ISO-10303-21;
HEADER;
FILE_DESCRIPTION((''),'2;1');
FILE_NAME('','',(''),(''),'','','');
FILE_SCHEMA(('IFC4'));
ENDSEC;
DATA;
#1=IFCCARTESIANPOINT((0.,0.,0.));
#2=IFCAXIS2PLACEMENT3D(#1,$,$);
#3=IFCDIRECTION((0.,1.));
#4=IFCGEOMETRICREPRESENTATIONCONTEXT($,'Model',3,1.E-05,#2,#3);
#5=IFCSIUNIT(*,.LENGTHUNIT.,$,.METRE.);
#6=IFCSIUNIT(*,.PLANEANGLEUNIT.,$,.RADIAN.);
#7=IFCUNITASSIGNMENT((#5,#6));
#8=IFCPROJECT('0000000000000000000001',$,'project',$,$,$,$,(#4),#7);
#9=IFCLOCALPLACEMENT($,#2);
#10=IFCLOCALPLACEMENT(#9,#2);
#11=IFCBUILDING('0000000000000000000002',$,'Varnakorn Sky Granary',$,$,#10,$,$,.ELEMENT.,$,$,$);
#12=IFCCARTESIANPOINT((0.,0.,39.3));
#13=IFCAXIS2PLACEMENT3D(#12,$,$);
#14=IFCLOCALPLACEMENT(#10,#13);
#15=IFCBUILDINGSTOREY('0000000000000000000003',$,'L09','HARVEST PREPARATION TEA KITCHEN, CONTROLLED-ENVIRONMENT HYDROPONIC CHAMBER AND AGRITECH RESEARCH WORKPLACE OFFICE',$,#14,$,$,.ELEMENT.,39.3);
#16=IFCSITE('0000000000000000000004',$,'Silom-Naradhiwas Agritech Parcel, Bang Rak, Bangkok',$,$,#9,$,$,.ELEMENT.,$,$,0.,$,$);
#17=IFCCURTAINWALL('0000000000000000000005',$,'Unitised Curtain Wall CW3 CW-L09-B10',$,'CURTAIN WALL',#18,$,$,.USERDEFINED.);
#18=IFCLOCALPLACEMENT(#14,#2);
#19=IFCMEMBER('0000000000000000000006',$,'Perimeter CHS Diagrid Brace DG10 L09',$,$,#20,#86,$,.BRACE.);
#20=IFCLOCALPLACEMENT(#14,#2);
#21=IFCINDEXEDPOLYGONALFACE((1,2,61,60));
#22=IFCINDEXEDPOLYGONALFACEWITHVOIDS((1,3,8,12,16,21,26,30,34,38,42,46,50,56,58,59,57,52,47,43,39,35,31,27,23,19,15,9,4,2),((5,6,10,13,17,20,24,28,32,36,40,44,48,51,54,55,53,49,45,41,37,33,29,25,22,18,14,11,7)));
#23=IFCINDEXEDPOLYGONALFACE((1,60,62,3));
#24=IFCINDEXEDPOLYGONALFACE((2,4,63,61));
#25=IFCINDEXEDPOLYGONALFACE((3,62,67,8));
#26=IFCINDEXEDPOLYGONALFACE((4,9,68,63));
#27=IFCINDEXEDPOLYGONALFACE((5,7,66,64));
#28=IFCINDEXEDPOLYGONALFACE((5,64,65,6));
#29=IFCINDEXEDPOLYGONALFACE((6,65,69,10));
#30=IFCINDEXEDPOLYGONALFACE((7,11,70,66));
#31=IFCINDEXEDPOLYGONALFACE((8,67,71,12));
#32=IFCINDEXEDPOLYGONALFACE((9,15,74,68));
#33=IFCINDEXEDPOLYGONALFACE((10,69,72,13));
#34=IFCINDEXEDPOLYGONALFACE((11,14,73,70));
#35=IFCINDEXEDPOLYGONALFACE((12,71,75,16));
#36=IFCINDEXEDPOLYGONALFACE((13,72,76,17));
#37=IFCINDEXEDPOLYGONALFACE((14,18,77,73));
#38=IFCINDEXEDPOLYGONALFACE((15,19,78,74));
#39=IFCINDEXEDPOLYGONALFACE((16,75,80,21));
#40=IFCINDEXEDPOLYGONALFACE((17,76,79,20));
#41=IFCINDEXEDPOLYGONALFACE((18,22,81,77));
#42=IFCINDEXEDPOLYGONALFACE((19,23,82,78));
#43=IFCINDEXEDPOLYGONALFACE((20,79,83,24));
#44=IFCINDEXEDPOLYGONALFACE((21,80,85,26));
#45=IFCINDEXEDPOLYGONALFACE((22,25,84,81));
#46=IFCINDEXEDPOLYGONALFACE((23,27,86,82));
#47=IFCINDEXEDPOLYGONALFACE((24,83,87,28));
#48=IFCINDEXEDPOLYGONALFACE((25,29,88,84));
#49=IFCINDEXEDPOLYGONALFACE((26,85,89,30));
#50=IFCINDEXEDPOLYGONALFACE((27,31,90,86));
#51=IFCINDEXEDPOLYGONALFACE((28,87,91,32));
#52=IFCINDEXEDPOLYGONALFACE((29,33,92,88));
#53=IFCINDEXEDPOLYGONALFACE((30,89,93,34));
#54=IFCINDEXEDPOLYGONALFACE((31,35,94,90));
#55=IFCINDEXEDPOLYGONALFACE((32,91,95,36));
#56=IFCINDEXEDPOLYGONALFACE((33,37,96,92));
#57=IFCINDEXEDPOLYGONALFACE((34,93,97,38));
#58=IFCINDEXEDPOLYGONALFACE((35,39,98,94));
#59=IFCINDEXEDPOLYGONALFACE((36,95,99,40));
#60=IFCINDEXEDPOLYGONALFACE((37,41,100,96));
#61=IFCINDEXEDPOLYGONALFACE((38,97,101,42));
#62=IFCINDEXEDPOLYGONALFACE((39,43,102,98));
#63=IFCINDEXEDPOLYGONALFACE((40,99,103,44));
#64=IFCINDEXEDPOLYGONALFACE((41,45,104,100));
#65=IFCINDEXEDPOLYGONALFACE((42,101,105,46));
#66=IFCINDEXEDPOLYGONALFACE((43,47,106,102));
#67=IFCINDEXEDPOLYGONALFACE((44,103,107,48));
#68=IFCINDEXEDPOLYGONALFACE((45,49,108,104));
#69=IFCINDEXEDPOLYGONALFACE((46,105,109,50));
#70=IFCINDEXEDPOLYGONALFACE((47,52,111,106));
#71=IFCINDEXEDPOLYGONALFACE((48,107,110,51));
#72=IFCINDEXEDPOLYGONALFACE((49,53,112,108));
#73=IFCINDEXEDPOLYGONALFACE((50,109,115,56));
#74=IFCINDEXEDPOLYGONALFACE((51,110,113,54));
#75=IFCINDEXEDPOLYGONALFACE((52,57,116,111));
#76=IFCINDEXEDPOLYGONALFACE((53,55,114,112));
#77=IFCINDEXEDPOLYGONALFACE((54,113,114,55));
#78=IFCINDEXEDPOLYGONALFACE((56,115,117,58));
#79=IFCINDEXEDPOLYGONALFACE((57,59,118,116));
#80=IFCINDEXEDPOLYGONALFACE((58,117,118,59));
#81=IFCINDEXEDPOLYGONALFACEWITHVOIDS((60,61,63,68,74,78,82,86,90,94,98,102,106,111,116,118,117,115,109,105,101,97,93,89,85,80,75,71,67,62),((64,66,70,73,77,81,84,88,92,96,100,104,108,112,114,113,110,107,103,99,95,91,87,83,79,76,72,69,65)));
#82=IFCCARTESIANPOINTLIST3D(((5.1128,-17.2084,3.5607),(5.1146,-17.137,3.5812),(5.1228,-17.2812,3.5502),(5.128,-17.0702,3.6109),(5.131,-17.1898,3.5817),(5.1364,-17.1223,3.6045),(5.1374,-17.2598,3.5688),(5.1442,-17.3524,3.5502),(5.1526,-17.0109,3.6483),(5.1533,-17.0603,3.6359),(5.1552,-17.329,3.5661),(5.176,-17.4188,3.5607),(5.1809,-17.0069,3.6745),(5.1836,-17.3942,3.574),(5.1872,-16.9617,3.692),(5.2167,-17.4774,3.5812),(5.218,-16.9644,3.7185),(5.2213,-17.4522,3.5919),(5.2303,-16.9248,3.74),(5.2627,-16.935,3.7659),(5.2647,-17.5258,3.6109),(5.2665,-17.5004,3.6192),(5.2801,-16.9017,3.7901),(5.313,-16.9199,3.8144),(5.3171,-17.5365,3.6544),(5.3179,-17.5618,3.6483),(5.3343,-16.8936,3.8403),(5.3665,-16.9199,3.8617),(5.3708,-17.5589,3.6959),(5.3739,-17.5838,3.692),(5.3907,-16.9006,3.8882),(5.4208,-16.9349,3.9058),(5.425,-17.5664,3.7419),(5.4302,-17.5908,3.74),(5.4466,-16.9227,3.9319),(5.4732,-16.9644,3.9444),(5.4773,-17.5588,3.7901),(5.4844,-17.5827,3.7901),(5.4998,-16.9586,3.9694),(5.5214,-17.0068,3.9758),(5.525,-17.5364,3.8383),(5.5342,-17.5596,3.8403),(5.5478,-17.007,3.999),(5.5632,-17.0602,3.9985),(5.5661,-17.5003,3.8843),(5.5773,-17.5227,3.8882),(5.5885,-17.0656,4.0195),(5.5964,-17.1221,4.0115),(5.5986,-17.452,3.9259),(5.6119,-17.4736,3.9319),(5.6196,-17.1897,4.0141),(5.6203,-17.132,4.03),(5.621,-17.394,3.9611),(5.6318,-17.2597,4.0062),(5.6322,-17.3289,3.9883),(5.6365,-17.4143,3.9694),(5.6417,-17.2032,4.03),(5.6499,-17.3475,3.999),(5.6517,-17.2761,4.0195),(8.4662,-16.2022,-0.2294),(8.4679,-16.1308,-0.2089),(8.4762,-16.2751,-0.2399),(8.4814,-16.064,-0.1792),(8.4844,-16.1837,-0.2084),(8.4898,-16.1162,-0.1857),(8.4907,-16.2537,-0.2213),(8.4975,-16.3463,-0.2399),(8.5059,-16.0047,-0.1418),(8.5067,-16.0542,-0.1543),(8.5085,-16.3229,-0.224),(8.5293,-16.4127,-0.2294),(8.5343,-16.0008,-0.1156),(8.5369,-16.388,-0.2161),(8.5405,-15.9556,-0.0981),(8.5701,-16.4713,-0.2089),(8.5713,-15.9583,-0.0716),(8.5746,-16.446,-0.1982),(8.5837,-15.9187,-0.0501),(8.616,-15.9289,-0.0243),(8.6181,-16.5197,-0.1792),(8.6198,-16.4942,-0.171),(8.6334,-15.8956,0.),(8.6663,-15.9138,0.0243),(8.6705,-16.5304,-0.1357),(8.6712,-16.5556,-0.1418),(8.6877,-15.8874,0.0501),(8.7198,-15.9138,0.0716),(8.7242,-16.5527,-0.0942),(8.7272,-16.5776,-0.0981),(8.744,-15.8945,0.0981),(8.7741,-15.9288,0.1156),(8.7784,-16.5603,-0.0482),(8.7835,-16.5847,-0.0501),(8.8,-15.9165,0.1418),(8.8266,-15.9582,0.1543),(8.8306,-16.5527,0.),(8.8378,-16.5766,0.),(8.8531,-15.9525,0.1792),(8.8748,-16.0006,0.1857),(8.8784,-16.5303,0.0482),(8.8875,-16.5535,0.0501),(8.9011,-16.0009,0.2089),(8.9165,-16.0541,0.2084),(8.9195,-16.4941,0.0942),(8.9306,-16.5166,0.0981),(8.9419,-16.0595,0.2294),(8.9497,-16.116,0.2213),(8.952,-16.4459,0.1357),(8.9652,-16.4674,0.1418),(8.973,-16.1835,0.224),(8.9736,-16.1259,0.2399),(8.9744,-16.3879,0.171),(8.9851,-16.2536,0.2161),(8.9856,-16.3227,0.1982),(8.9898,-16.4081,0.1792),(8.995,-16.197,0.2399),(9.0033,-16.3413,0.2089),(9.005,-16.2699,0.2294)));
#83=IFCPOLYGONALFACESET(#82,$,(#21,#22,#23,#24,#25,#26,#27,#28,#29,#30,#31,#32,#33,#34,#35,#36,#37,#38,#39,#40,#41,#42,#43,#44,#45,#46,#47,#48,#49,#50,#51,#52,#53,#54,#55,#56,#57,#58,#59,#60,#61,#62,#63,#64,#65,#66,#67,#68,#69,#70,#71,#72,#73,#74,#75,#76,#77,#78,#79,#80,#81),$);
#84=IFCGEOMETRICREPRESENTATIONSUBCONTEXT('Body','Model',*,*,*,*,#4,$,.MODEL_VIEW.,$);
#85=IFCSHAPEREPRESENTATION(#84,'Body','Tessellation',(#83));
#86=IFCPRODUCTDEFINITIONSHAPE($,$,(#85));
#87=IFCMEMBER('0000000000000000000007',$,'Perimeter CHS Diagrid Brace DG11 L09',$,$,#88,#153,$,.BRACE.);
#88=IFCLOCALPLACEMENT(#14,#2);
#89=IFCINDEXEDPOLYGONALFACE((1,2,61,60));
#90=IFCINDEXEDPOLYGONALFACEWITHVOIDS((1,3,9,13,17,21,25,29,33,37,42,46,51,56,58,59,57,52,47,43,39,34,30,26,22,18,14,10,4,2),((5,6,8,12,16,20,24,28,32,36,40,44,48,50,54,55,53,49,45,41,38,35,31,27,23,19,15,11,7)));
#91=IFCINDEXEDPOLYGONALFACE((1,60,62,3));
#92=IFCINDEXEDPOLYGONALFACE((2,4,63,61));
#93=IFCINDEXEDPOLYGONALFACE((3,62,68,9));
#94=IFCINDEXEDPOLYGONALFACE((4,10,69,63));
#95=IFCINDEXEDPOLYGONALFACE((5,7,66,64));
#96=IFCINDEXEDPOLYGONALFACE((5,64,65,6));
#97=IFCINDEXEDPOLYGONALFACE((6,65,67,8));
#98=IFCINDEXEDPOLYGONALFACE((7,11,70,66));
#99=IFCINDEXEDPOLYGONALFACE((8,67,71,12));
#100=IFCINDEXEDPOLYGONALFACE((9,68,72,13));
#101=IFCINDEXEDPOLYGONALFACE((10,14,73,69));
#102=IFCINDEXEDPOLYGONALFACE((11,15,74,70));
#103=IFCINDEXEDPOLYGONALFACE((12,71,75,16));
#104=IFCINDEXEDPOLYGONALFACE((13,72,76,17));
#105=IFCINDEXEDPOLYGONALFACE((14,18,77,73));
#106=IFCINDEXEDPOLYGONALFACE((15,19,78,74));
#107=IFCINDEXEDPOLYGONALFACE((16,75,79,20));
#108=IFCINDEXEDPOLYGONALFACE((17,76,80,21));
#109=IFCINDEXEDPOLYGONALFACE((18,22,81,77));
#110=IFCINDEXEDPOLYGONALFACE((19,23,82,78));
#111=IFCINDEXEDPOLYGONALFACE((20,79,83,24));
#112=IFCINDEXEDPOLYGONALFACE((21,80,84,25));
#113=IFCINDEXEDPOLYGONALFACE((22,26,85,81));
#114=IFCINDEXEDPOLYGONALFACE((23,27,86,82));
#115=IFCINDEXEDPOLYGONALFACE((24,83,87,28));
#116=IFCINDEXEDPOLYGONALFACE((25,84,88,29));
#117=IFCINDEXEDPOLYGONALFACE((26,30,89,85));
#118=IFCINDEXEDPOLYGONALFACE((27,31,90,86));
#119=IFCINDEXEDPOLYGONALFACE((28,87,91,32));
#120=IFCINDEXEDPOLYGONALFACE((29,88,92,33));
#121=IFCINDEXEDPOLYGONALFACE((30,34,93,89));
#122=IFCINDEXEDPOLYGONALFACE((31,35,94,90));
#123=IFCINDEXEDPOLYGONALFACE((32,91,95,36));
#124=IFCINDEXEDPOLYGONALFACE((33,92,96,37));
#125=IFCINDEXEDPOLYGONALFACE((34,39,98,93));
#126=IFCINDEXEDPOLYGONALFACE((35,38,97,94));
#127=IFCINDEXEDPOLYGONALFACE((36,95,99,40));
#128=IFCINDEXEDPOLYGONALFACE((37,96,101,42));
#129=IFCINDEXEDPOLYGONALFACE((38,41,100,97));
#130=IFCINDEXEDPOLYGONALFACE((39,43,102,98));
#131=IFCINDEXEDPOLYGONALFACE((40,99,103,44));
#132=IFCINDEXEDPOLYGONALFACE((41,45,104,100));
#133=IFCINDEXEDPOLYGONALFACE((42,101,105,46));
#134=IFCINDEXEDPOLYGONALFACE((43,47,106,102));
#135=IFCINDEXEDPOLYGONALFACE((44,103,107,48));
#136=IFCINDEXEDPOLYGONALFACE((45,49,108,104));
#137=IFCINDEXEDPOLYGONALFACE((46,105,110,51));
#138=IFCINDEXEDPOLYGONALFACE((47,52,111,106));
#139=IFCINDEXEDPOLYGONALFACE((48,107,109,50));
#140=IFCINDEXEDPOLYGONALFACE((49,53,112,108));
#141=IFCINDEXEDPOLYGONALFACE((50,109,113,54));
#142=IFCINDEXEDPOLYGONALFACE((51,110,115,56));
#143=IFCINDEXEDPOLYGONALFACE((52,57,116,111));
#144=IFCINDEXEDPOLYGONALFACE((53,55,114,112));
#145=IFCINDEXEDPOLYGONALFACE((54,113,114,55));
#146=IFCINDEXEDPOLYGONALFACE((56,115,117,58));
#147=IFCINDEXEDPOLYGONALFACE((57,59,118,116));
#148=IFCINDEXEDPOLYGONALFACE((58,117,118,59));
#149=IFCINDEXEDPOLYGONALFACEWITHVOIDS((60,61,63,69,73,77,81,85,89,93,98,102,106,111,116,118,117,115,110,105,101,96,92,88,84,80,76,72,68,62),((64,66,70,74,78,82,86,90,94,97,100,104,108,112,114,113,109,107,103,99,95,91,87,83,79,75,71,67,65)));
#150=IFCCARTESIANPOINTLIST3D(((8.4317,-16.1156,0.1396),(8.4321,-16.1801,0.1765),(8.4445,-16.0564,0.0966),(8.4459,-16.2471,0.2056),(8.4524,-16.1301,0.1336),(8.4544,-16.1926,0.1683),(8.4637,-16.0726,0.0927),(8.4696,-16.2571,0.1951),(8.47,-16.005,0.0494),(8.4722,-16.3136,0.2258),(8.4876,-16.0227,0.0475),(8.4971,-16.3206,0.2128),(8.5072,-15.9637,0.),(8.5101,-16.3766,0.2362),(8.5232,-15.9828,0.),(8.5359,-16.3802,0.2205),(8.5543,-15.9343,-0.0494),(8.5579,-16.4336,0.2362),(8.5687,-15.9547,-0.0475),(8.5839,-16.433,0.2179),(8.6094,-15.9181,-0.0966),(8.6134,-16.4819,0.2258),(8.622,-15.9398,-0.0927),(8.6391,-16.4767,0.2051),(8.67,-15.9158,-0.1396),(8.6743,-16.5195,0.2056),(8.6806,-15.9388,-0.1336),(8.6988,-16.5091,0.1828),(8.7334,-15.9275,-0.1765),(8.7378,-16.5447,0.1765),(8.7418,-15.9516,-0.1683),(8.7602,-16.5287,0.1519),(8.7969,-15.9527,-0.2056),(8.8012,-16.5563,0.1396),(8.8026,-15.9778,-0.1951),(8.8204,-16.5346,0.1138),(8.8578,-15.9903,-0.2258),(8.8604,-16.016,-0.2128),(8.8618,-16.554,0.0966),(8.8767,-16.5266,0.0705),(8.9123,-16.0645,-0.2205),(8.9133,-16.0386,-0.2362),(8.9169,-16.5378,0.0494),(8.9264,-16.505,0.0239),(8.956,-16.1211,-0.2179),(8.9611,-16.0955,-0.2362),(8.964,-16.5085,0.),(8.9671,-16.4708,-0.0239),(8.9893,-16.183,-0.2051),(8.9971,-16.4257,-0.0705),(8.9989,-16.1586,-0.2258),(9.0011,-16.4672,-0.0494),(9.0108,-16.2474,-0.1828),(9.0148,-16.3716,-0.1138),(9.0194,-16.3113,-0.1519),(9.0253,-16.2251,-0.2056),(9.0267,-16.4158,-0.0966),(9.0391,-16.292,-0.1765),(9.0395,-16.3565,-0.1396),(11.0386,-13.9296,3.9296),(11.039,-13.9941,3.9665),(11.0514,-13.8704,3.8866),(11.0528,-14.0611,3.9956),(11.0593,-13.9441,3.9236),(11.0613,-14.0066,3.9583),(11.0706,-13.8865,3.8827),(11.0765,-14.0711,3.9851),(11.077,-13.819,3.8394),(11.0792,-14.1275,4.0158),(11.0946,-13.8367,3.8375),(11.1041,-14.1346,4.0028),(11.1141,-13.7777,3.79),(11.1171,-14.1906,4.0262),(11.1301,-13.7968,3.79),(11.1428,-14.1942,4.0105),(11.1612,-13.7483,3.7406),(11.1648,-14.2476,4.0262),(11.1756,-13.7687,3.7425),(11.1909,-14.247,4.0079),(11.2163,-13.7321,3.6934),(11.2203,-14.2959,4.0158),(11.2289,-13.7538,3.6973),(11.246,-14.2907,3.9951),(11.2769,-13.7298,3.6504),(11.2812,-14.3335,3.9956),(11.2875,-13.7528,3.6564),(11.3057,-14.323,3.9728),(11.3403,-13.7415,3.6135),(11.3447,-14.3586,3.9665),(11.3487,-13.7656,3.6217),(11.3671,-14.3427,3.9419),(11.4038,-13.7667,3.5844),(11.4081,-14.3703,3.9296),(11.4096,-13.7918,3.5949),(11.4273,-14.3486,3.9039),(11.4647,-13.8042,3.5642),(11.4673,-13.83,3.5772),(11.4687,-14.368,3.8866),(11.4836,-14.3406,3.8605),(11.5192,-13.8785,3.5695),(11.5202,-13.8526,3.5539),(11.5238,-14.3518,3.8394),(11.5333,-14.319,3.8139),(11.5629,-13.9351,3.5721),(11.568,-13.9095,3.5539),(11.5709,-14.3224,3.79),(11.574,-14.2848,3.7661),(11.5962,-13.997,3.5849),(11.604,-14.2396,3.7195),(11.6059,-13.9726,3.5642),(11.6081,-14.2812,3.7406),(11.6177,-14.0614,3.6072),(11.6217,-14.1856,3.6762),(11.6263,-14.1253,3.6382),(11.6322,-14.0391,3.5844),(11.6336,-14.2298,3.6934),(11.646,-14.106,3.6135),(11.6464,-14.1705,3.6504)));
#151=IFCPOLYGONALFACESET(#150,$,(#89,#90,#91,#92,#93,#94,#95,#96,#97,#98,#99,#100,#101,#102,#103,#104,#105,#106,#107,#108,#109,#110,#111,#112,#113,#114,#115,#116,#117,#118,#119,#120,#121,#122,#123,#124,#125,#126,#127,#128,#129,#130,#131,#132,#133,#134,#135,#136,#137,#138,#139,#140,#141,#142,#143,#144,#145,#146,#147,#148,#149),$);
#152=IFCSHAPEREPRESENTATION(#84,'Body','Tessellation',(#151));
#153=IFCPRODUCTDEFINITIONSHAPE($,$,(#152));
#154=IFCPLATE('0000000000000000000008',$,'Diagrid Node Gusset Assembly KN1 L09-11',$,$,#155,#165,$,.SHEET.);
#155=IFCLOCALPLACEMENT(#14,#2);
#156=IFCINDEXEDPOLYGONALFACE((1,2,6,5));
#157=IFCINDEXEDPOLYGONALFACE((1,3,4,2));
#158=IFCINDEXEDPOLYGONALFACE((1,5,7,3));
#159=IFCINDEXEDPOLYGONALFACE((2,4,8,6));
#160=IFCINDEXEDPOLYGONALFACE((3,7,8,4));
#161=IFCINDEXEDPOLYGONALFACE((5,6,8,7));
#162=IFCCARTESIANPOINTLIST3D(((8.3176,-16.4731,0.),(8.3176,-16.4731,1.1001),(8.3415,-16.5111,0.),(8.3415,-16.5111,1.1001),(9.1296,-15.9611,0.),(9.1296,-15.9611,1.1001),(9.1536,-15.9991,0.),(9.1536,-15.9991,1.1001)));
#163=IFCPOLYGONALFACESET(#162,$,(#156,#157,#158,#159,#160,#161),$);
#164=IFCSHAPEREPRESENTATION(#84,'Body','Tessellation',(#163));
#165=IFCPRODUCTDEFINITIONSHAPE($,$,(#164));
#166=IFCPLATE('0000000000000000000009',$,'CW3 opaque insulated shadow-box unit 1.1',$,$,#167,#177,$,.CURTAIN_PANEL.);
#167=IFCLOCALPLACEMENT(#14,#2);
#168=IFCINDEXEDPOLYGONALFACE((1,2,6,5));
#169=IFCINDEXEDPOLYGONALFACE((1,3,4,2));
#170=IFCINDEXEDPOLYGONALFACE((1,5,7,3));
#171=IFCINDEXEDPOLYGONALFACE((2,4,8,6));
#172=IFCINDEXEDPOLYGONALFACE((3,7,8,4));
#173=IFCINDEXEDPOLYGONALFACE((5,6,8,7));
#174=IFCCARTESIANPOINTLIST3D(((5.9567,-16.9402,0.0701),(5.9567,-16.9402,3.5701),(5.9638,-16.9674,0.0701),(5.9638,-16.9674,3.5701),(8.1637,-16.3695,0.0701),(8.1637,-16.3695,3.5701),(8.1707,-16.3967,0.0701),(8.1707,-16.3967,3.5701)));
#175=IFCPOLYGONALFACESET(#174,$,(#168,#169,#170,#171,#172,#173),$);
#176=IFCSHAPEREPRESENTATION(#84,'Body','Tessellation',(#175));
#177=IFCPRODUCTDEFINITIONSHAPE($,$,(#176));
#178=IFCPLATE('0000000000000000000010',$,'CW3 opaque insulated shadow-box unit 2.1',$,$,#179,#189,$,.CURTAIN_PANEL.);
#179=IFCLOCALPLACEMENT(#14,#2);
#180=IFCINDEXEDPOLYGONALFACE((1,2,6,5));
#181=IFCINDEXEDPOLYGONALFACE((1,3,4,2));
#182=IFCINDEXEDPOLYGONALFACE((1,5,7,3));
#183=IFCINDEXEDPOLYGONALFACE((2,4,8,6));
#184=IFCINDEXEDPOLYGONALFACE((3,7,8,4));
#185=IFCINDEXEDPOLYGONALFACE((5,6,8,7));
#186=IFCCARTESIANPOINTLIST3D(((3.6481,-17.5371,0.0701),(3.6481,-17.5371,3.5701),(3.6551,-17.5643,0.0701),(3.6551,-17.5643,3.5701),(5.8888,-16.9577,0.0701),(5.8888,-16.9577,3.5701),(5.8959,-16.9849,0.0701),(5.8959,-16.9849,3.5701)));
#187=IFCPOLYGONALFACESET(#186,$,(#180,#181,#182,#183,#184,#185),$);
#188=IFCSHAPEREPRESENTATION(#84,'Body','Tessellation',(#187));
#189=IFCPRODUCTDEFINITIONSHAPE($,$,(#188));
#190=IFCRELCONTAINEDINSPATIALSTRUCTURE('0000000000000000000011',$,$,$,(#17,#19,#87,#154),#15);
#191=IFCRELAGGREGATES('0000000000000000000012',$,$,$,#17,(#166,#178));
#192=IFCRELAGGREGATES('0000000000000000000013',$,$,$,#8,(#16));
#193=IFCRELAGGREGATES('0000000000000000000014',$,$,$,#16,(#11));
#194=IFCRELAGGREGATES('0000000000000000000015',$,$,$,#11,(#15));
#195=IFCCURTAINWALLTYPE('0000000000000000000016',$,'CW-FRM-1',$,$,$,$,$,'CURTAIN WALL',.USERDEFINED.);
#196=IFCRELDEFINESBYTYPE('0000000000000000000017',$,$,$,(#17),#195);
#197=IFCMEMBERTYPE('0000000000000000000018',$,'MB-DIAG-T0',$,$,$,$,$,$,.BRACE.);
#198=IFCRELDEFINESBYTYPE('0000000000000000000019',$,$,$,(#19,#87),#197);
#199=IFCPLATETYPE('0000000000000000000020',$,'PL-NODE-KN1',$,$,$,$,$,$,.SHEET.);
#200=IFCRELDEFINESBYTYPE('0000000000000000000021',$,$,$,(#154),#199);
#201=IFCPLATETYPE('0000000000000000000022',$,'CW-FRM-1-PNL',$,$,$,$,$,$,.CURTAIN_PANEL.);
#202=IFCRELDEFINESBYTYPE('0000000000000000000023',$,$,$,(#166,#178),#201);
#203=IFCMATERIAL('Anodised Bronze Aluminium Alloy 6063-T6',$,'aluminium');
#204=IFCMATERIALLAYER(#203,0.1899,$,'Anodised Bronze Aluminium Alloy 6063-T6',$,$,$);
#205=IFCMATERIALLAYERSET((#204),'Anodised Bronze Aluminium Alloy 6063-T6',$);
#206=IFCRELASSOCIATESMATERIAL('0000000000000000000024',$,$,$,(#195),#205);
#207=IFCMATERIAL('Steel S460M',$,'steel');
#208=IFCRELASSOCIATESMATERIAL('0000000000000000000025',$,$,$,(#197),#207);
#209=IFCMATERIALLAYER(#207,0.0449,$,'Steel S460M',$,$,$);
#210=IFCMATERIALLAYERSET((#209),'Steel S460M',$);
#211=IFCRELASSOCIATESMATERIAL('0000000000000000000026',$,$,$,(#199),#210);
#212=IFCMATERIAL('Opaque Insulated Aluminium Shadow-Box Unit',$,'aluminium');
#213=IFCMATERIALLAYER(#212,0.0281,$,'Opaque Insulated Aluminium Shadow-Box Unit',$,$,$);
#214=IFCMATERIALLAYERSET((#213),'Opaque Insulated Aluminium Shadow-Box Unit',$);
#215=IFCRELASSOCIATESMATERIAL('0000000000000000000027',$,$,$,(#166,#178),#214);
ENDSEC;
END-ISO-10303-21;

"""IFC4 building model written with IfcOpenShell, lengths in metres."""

from ifc_helpers import new_model, si_unit, direction, frame, origin, origin_2d, place, context, subcontext, project, spatial, rectangle, hollow_circle, extrude, source, transform, mapped, material, layer, layer_set, material_profile, profile_set, type_object, type_shapes, element, aggregate, save


model = new_model("IFC4")

# Units and contexts
model_context = context("Model", 3, precision=1e-05, world=origin(), true_north=direction((0.0, 1.0)))
body_context = subcontext(model_context, "Body", "Model", "MODEL_VIEW")
ifc_project = project(units=[si_unit("LENGTHUNIT", "METRE"), si_unit("PLANEANGLEUNIT", "RADIAN")], contexts=[model_context])

# Site, building, storey
site_placement = place(None, origin())
site = spatial("IfcSite", under=ifc_project, at=site_placement, Name="Silom-Naradhiwas Agritech Parcel, Bang Rak, Bangkok", CompositionType="ELEMENT", RefElevation=0.0)
building_placement = place(site_placement, origin())
building = spatial("IfcBuilding", under=site, at=building_placement, Name="Varnakorn Sky Granary", CompositionType="ELEMENT")
storey_placement = place(building_placement, frame((0.0, 0.0, 39.3)))
storey = spatial("IfcBuildingStorey", under=building, at=storey_placement, Name="L09", Description="HARVEST PREPARATION TEA KITCHEN, CONTROLLED-ENVIRONMENT HYDROPONIC CHAMBER AND AGRITECH RESEARCH WORKPLACE OFFICE", CompositionType="ELEMENT", Elevation=39.3)

# Shared definitions
ifc_material_1 = material(Name="Steel S460M", Category="steel")

# Curtain wall
ifc_material_2 = material(Name="Anodised Bronze Aluminium Alloy 6063-T6", Category="aluminium")
ifc_layer_1 = layer(ifc_material_2, 0.1899, Name="Anodised Bronze Aluminium Alloy 6063-T6")
ifc_layer_set_1 = layer_set([ifc_layer_1], Name="Anodised Bronze Aluminium Alloy 6063-T6")
curtain_wall_type = type_object("IfcCurtainWallType", Name="CW-FRM-1", ElementType="CURTAIN WALL", PredefinedType="USERDEFINED", material=ifc_layer_set_1)
curtain_wall_placement = place(storey_placement, origin())
curtain_wall = element("IfcCurtainWall", 1, at=curtain_wall_placement, inside=storey, type_object=curtain_wall_type, Name="Unitised Curtain Wall CW3 CW-L09-B10", ObjectType="CURTAIN WALL", PredefinedType="USERDEFINED")

# Members
ifc_material_profile_1 = material_profile(ifc_material_1, hollow_circle(Radius=0.3555, WallThickness=0.0249, at=origin_2d()), Name="CHS 711x25")
ifc_profile_set_1 = profile_set([ifc_material_profile_1], Name="Steel S460M")
member_type_1 = type_object("IfcMemberType", Name="MB-DIAG-T0", PredefinedType="BRACE", material=ifc_profile_set_1)
member_1_placement = place(storey_placement, frame((8.7356, -16.2361, 0.0), z_axis=(-0.649914, -0.194998, 0.734566), x_axis=(0.28738, -0.957817, 0.0)))
element("IfcMember", 2, at=member_1_placement, inside=storey, type_object=member_type_1, Name="Perimeter CHS Diagrid Brace DG10 L09", PredefinedType="BRACE", context=body_context, shape_type="SweptSolid", body=[
    extrude(hollow_circle(Radius=0.3555, WallThickness=0.0249, at=origin_2d()), origin(), (0.0, 0.0, 1.0), 5.1597),
])
member_2_placement = place(storey_placement, frame((8.7356, -16.2361, 0.0), z_axis=(0.51186, 0.429219, 0.744158), x_axis=(-0.642539, 0.766253, 0.0)))
element("IfcMember", 3, at=member_2_placement, inside=storey, type_object=member_type_1, Name="Perimeter CHS Diagrid Brace DG11 L09", PredefinedType="BRACE", context=body_context, shape_type="SweptSolid", body=[
    extrude(hollow_circle(Radius=0.3555, WallThickness=0.0249, at=origin_2d()), origin(), (0.0, 0.0, 1.0), 5.093),
])

# Plates
ifc_layer_2 = layer(ifc_material_1, 0.0449, Name="Steel S460M")
ifc_layer_set_2 = layer_set([ifc_layer_2], Name="Steel S460M")
plate_type_1 = type_object("IfcPlateType", Name="PL-NODE-KN1", PredefinedType="SHEET", material=ifc_layer_set_2)
plate_1_placement = place(storey_placement, frame((8.7356, -16.2361, 0.0), z_axis=(0.0, 0.0, 1.0), x_axis=(0.845934, 0.533287, 0.0)))
element("IfcPlate", 4, at=plate_1_placement, inside=storey, type_object=plate_type_1, Name="Diagrid Node Gusset Assembly KN1 L09-11", PredefinedType="SHEET", context=body_context, shape_type="SweptSolid", body=[
    extrude(rectangle(XDim=0.96, YDim=0.0449, at=origin_2d()), origin(), (0.0, 0.0, 1.0), 1.1001),
])
ifc_material_3 = material(Name="Opaque Insulated Aluminium Shadow-Box Unit", Category="aluminium")
ifc_layer_3 = layer(ifc_material_3, 0.0281, Name="Opaque Insulated Aluminium Shadow-Box Unit")
ifc_layer_set_3 = layer_set([ifc_layer_3], Name="Opaque Insulated Aluminium Shadow-Box Unit")
plate_type_2 = type_object("IfcPlateType", Name="CW-FRM-1-PNL", PredefinedType="CURTAIN_PANEL")
shared_shape_1 = source(origin(), body_context, "Body", "SweptSolid", [
    extrude(rectangle(XDim=2.2795, YDim=0.0281, at=origin_2d()), origin(), (0.0, 0.0, 1.0), 3.5),
])
plate_2_placement = place(storey_placement, frame((7.0637, -16.6685, 0.0701), z_axis=(0.0, 0.0, 1.0), x_axis=(-0.968153, -0.25036, 0.0)))
plate_2 = element("IfcPlate", 5, at=plate_2_placement, type_object=plate_type_2, material=ifc_layer_set_3, Name="CW3 opaque insulated shadow-box unit 1.1", PredefinedType="CURTAIN_PANEL", context=body_context, shape_type="MappedRepresentation", body=[
    mapped(shared_shape_1, transform((0.0, 0.0, 0.0), x_axis=(1.0, 0.0, 0.0), y_axis=(0.0, 1.0, 0.0), z_axis=(0.0, 0.0, 1.0), scale=1.0)),
])
shared_shape_2 = source(origin(), body_context, "Body", "SweptSolid", [
    extrude(rectangle(XDim=2.3145, YDim=0.0281, at=origin_2d()), origin(), (0.0, 0.0, 1.0), 3.5),
])
type_shapes(plate_type_2, [shared_shape_1, shared_shape_2])
plate_3_placement = place(storey_placement, frame((4.772, -17.261, 0.0701), z_axis=(0.0, 0.0, 1.0), x_axis=(-0.968153, -0.25036, 0.0)))
plate_3 = element("IfcPlate", 6, at=plate_3_placement, type_object=plate_type_2, material=ifc_layer_set_3, Name="CW3 opaque insulated shadow-box unit 2.1", PredefinedType="CURTAIN_PANEL", context=body_context, shape_type="MappedRepresentation", body=[
    mapped(shared_shape_2, transform((0.0, 0.0, 0.0), x_axis=(1.0, 0.0, 0.0), y_axis=(0.0, 1.0, 0.0), z_axis=(0.0, 0.0, 1.0), scale=1.0)),
])
aggregate(curtain_wall, [plate_2, plate_3])

save(model, "model.ifc")
